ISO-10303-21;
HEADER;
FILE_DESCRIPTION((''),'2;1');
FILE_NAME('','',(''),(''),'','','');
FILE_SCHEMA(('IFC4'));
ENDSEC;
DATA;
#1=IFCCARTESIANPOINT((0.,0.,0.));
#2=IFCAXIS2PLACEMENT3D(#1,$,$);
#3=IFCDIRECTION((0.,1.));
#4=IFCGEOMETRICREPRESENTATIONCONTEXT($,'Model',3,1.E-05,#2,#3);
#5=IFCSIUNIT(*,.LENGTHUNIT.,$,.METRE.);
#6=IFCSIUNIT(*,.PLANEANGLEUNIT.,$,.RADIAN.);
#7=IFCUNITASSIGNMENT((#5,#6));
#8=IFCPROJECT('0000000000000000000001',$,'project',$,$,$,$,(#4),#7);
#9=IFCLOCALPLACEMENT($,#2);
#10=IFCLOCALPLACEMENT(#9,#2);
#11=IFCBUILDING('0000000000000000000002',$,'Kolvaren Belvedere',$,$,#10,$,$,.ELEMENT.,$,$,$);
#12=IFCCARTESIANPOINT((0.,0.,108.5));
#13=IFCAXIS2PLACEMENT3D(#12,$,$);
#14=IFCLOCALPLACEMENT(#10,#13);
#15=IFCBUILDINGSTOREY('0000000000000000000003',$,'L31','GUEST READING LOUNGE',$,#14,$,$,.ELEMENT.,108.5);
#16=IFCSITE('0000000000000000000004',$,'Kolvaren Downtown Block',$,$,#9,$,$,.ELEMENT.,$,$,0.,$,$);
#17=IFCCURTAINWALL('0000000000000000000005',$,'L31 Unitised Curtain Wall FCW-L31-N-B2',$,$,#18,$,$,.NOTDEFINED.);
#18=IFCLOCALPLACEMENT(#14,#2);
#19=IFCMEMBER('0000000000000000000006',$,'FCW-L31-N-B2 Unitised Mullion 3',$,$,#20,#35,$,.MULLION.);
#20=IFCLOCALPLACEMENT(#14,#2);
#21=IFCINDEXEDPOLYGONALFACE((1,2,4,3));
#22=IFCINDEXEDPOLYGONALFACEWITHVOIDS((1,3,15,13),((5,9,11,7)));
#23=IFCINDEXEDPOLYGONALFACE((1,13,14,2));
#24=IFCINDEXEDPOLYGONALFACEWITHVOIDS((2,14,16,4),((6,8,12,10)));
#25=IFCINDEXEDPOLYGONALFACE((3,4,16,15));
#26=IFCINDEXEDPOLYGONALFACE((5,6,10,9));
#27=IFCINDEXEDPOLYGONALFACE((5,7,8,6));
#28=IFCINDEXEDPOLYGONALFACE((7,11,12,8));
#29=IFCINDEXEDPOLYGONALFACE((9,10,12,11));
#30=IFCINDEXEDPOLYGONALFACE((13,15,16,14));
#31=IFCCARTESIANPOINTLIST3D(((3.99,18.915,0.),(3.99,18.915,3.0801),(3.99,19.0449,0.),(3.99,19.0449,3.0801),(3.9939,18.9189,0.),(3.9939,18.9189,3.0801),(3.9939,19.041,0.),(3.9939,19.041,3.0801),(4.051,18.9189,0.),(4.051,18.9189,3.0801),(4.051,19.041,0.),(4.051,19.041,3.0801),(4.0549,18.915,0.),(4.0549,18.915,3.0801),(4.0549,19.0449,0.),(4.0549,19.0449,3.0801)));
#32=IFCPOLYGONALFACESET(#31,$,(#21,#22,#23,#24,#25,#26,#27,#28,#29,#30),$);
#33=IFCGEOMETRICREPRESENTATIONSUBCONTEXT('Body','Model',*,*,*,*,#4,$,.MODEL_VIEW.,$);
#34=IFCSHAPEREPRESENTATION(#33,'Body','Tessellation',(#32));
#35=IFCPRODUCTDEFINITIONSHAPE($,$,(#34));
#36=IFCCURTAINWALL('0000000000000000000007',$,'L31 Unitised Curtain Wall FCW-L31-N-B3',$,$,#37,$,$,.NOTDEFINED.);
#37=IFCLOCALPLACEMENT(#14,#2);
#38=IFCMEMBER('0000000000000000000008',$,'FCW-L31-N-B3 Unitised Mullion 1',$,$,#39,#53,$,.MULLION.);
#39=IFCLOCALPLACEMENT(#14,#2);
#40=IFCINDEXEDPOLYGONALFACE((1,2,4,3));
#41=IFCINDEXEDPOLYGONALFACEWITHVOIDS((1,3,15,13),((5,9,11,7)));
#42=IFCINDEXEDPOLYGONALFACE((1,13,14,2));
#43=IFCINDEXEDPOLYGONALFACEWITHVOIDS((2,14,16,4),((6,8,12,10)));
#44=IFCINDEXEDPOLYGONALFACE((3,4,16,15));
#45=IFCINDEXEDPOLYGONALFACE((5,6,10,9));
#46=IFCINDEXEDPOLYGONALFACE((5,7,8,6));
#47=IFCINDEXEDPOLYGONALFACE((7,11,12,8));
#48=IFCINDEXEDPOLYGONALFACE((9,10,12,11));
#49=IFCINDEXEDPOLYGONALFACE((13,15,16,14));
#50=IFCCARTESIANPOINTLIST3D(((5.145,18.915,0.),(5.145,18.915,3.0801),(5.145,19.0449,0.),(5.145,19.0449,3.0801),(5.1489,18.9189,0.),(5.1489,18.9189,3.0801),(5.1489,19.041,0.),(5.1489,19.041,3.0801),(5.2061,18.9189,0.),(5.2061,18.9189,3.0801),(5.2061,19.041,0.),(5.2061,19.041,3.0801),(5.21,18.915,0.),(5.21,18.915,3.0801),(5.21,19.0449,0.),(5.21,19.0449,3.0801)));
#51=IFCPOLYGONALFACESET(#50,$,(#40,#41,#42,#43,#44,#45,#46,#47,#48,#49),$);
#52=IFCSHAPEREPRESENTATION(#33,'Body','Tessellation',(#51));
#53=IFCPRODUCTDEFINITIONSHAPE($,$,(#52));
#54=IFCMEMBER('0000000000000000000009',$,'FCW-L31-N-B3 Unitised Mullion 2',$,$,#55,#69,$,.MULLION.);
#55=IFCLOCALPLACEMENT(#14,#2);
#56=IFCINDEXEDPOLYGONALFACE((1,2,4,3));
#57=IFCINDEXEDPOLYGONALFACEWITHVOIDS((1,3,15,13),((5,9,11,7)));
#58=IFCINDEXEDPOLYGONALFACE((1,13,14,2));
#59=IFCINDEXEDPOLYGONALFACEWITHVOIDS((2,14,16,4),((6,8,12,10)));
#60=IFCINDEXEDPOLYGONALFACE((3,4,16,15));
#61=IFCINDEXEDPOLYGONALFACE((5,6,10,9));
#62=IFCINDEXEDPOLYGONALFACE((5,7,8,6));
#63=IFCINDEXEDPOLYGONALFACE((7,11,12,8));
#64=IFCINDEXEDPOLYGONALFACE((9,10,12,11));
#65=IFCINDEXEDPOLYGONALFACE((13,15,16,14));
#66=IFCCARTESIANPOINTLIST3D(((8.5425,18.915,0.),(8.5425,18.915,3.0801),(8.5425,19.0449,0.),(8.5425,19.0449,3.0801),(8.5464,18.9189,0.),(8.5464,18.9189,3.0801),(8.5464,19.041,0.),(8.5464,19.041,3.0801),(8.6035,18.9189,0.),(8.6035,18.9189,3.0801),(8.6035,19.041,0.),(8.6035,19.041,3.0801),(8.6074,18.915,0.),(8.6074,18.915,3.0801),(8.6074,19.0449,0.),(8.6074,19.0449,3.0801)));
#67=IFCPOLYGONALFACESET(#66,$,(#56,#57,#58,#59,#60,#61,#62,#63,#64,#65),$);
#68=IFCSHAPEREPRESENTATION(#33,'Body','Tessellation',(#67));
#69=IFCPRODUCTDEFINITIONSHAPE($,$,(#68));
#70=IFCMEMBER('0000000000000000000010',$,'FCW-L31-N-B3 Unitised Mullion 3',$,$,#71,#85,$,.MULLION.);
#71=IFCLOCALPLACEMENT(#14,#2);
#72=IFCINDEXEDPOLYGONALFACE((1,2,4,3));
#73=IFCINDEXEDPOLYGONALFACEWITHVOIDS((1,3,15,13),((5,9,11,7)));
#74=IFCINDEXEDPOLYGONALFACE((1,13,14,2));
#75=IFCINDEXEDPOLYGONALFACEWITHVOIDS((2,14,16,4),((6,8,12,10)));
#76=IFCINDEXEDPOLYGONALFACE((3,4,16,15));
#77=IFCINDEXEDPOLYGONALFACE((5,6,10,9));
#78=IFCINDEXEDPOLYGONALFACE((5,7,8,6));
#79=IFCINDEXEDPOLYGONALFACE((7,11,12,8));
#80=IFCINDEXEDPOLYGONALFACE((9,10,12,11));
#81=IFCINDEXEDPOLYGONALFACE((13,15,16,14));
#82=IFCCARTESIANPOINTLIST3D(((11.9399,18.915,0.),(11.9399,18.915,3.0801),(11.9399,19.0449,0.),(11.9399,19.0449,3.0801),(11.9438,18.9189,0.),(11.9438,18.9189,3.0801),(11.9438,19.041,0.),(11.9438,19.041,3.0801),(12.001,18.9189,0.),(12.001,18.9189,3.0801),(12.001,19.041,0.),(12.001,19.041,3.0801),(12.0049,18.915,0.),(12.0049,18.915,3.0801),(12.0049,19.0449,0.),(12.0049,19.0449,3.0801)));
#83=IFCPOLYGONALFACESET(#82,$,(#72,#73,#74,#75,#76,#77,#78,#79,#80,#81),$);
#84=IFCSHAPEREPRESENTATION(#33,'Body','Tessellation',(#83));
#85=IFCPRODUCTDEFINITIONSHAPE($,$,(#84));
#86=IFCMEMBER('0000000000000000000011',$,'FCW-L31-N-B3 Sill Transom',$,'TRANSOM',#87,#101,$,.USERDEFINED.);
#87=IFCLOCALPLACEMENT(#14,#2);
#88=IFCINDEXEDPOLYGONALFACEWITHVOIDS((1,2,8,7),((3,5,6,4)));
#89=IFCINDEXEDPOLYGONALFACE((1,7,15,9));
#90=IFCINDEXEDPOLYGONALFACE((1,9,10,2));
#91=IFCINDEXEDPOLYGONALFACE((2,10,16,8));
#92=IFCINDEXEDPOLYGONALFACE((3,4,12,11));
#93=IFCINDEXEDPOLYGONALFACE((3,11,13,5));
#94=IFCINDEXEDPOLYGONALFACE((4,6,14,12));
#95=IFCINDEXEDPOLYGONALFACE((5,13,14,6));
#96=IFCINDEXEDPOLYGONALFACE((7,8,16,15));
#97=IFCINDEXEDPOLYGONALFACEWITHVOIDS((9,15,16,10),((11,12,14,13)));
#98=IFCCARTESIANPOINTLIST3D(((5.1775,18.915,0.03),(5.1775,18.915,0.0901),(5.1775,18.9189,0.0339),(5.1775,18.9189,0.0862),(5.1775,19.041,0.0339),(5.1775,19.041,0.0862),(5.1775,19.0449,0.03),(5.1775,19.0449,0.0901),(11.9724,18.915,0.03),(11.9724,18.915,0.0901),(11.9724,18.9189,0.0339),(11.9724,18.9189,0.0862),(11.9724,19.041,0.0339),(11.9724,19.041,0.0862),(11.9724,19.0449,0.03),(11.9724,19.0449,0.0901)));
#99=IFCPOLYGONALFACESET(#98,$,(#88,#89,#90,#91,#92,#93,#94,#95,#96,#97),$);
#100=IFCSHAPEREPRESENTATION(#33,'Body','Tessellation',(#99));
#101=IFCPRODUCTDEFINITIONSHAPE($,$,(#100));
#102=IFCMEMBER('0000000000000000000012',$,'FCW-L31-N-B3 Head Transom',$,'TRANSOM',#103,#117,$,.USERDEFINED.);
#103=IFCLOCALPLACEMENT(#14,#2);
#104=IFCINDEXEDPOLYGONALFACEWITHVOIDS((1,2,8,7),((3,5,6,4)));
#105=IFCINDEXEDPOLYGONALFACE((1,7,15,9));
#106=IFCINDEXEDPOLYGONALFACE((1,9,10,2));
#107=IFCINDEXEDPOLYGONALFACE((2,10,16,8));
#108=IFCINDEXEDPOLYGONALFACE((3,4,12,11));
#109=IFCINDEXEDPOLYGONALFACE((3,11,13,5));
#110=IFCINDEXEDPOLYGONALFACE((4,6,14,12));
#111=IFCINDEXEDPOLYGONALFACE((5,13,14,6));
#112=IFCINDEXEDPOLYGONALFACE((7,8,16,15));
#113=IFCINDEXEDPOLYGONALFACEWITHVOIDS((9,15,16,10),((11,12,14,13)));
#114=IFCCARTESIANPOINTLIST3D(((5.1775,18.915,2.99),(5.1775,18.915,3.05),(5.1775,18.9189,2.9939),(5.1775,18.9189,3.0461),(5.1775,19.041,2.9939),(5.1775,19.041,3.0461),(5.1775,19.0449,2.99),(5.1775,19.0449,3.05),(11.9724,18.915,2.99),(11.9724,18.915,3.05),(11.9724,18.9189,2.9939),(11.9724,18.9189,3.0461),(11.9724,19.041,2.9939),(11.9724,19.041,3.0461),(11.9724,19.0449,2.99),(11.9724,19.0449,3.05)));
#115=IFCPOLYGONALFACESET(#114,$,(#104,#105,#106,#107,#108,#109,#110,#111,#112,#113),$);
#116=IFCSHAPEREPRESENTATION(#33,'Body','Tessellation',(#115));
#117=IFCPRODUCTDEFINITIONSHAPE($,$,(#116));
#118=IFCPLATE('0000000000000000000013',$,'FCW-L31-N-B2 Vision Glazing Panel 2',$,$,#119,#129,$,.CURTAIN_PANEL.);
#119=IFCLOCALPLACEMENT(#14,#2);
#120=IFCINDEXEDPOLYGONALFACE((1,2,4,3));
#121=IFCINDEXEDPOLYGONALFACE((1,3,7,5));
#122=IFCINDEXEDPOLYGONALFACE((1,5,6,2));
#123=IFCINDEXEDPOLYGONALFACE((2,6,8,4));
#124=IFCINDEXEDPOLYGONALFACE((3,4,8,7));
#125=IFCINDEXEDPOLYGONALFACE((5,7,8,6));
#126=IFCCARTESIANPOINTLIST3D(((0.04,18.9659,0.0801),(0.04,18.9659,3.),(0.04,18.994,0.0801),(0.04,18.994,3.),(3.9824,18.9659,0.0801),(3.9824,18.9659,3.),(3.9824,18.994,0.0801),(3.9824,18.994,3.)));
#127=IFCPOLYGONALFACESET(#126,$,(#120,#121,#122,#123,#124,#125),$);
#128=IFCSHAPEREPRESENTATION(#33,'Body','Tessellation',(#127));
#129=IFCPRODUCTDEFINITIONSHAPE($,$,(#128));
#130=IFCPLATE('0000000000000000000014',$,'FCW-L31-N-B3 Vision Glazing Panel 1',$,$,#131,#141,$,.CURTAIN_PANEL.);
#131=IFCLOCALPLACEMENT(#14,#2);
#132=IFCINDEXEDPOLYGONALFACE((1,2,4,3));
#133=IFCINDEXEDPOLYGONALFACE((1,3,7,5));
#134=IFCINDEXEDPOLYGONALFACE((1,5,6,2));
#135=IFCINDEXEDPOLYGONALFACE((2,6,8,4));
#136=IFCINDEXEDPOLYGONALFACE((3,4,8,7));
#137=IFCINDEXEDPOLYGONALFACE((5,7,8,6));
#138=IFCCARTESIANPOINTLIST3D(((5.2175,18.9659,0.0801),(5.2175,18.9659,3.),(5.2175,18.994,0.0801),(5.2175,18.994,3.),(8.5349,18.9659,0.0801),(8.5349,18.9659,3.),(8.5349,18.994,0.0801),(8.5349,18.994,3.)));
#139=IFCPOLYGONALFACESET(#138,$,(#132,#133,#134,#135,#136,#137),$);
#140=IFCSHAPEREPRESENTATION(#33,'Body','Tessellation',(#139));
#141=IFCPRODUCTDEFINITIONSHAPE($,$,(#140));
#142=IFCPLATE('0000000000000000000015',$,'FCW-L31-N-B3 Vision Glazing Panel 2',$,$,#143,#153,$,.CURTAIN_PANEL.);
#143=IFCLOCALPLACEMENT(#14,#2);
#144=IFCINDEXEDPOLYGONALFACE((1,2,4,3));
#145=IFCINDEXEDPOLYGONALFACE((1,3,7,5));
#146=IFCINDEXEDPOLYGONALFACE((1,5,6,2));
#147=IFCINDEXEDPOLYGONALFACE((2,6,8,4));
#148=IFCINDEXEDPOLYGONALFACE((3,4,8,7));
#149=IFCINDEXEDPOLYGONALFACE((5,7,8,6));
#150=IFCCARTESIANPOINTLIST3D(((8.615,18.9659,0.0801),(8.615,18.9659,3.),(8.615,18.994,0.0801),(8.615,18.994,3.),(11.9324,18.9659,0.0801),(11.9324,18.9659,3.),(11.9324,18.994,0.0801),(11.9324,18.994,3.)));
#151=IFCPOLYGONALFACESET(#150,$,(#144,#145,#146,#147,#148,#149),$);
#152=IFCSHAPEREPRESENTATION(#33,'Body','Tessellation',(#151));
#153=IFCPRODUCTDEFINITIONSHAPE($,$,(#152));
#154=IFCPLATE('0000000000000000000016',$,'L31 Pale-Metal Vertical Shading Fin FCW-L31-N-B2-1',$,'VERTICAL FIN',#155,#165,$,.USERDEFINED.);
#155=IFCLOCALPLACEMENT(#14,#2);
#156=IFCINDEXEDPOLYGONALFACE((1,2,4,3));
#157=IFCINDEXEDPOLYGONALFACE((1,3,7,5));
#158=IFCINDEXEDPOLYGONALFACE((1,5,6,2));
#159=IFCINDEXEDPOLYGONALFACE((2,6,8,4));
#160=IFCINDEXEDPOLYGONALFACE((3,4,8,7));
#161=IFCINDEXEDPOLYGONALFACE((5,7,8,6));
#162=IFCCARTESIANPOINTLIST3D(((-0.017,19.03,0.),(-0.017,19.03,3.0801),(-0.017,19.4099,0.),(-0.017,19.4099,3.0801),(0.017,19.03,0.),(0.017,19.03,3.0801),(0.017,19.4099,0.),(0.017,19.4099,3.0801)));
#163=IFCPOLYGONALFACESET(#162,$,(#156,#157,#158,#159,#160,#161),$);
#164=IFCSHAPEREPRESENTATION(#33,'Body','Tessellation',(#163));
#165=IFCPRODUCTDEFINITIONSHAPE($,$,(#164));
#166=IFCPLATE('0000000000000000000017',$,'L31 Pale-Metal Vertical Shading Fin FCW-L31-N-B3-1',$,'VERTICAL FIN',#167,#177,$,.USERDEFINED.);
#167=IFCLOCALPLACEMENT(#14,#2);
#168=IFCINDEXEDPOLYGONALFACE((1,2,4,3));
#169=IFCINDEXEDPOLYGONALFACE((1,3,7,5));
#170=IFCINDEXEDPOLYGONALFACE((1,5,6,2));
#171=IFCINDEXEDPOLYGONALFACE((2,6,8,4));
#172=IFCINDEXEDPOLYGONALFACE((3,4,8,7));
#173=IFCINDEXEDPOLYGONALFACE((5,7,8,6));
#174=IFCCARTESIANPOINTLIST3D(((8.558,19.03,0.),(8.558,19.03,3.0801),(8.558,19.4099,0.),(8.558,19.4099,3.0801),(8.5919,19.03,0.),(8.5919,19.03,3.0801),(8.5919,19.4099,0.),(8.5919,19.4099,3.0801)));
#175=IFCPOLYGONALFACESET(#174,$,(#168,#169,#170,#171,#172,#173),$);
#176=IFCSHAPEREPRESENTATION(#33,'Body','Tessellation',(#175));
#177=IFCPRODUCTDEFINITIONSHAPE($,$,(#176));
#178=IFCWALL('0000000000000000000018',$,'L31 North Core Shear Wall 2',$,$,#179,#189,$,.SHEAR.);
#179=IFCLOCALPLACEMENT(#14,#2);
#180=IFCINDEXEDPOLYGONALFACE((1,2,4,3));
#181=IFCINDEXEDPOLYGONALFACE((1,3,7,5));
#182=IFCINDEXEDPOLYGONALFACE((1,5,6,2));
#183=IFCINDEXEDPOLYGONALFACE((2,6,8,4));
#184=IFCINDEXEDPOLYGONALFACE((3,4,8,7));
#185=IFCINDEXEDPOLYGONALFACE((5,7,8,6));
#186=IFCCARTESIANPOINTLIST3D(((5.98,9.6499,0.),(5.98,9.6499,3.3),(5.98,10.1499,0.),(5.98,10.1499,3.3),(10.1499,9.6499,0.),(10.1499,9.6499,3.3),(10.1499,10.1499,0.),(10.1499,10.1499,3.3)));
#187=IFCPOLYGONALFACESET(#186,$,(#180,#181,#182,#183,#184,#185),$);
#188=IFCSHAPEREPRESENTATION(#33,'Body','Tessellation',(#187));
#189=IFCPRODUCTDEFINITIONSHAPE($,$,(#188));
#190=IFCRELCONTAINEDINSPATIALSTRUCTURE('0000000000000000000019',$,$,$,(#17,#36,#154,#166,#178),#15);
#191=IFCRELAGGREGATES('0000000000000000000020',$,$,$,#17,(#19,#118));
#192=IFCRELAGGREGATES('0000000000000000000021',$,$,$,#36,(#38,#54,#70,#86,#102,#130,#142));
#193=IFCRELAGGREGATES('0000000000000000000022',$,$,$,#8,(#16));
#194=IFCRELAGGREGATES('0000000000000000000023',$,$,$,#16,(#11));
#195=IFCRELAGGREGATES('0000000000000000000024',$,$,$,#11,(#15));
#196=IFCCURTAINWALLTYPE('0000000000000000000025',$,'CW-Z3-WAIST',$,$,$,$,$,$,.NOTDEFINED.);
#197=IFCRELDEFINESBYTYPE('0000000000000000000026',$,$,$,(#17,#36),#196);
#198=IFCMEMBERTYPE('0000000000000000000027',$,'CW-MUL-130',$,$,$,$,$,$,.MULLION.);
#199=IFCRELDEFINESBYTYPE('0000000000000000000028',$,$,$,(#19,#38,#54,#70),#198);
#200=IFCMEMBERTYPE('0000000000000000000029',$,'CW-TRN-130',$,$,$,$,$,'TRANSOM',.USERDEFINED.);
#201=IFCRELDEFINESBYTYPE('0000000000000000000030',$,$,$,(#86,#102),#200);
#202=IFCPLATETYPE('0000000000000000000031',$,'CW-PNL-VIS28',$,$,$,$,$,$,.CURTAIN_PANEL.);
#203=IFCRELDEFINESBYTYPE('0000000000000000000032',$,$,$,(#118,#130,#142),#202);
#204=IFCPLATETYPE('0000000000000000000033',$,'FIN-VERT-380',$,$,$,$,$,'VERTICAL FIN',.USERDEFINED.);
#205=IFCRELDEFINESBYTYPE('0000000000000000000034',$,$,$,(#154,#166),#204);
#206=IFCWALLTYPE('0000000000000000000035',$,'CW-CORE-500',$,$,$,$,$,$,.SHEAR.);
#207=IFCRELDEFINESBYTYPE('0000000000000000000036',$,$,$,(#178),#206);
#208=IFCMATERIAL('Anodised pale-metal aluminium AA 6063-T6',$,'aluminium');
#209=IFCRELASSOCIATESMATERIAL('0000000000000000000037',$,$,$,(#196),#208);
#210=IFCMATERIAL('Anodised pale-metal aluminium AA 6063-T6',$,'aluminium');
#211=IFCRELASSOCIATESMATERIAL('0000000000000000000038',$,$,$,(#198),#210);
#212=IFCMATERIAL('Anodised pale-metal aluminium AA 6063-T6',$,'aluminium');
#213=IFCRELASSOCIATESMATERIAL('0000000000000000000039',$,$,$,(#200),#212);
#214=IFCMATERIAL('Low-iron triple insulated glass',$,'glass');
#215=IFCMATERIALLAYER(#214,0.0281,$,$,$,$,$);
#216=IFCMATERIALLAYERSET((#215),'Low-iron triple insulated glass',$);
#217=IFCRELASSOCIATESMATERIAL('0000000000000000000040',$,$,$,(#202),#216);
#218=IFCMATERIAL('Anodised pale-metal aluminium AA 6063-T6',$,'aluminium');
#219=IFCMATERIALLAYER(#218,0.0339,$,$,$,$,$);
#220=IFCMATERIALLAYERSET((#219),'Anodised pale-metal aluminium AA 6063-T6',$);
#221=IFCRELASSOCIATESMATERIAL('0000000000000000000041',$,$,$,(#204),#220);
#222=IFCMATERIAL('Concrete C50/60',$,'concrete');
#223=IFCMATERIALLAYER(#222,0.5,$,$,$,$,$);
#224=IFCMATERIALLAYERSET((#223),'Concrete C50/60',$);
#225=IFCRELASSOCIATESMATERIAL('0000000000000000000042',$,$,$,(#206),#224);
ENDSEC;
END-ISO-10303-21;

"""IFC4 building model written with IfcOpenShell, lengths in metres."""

from ifc_helpers import new_model, si_unit, direction, frame, frame_2d, origin, origin_2d, place, context, subcontext, project, spatial, rectangle, hollow_rectangle, extrude, material, layer, layer_set, material_profile, profile_set, type_object, element, aggregate, save


model = new_model("IFC4")

# Units and contexts
model_context = context("Model", 3, precision=1e-05, world=origin(), true_north=direction((0.0, 1.0)))
body_context = subcontext(model_context, "Body", "Model", "MODEL_VIEW")
ifc_project = project(units=[si_unit("LENGTHUNIT", "METRE"), si_unit("PLANEANGLEUNIT", "RADIAN")], contexts=[model_context])

# Site, building, storey
site_placement = place(None, origin())
site = spatial("IfcSite", under=ifc_project, at=site_placement, Name="Kolvaren Downtown Block", CompositionType="ELEMENT", RefElevation=0.0)
building_placement = place(site_placement, origin())
building = spatial("IfcBuilding", under=site, at=building_placement, Name="Kolvaren Belvedere", CompositionType="ELEMENT")
storey_placement = place(building_placement, frame((0.0, 0.0, 108.5)))
storey = spatial("IfcBuildingStorey", under=building, at=storey_placement, Name="L31", Description="GUEST READING LOUNGE", CompositionType="ELEMENT", Elevation=108.5)

# Curtain wall, member
ifc_material_1 = material(Name="Anodised pale-metal aluminium AA 6063-T6", Category="aluminium")
curtain_wall_type = type_object("IfcCurtainWallType", Name="CW-Z3-WAIST", PredefinedType="NOTDEFINED", material=ifc_material_1)
curtain_wall_1_placement = place(storey_placement, origin())
curtain_wall_1 = element("IfcCurtainWall", 1, at=curtain_wall_1_placement, inside=storey, type_object=curtain_wall_type, Name="L31 Unitised Curtain Wall FCW-L31-N-B2", PredefinedType="NOTDEFINED")
ifc_material_2 = material(Name="Anodised pale-metal aluminium AA 6063-T6", Category="aluminium")
ifc_material_profile_1 = material_profile(ifc_material_2, hollow_rectangle(XDim=0.0649, YDim=0.1299, WallThickness=0.0039, at=origin_2d()), Name="ALU-MUL-130X65")
ifc_profile_set_1 = profile_set([ifc_material_profile_1], Name="Anodised pale-metal aluminium AA 6063-T6")
member_type_1 = type_object("IfcMemberType", Name="CW-MUL-130", PredefinedType="MULLION", material=ifc_profile_set_1)
member_1_placement = place(storey_placement, frame((4.0225, 18.98, 0.0), z_axis=(0.0, 0.0, 1.0), x_axis=(1.0, 0.0, 0.0)))
member_1 = element("IfcMember", 2, at=member_1_placement, type_object=member_type_1, Name="FCW-L31-N-B2 Unitised Mullion 3", PredefinedType="MULLION", context=body_context, shape_type="SweptSolid", body=[
    extrude(hollow_rectangle(XDim=0.0649, YDim=0.1299, WallThickness=0.0039, at=origin_2d()), origin(), (0.0, 0.0, 1.0), 3.0801),
])

# Curtain wall, members
curtain_wall_2_placement = place(storey_placement, origin())
curtain_wall_2 = element("IfcCurtainWall", 3, at=curtain_wall_2_placement, inside=storey, type_object=curtain_wall_type, Name="L31 Unitised Curtain Wall FCW-L31-N-B3", PredefinedType="NOTDEFINED")
member_2_placement = place(storey_placement, frame((5.1775, 18.98, 0.0), z_axis=(0.0, 0.0, 1.0), x_axis=(1.0, 0.0, 0.0)))
member_2 = element("IfcMember", 4, at=member_2_placement, type_object=member_type_1, Name="FCW-L31-N-B3 Unitised Mullion 1", PredefinedType="MULLION", context=body_context, shape_type="SweptSolid", body=[
    extrude(hollow_rectangle(XDim=0.0649, YDim=0.1299, WallThickness=0.0039, at=origin_2d()), origin(), (0.0, 0.0, 1.0), 3.0801),
])
member_3_placement = place(storey_placement, frame((8.575, 18.98, 0.0), z_axis=(0.0, 0.0, 1.0), x_axis=(1.0, 0.0, 0.0)))
member_3 = element("IfcMember", 5, at=member_3_placement, type_object=member_type_1, Name="FCW-L31-N-B3 Unitised Mullion 2", PredefinedType="MULLION", context=body_context, shape_type="SweptSolid", body=[
    extrude(hollow_rectangle(XDim=0.0649, YDim=0.1299, WallThickness=0.0039, at=origin_2d()), origin(), (0.0, 0.0, 1.0), 3.0801),
])
member_4_placement = place(storey_placement, frame((11.9724, 18.98, 0.0), z_axis=(0.0, 0.0, 1.0), x_axis=(1.0, 0.0, 0.0)))
member_4 = element("IfcMember", 6, at=member_4_placement, type_object=member_type_1, Name="FCW-L31-N-B3 Unitised Mullion 3", PredefinedType="MULLION", context=body_context, shape_type="SweptSolid", body=[
    extrude(hollow_rectangle(XDim=0.0649, YDim=0.1299, WallThickness=0.0039, at=origin_2d()), origin(), (0.0, 0.0, 1.0), 3.0801),
])
ifc_material_3 = material(Name="Anodised pale-metal aluminium AA 6063-T6", Category="aluminium")
ifc_material_profile_2 = material_profile(ifc_material_3, hollow_rectangle(XDim=0.0601, YDim=0.1299, WallThickness=0.0039, at=origin_2d()), Name="ALU-TRN-130X60")
ifc_profile_set_2 = profile_set([ifc_material_profile_2], Name="Anodised pale-metal aluminium AA 6063-T6")
member_type_2 = type_object("IfcMemberType", Name="CW-TRN-130", ElementType="TRANSOM", PredefinedType="USERDEFINED", material=ifc_profile_set_2)
member_5_placement = place(storey_placement, frame((5.1775, 18.98, 0.0601), z_axis=(1.0, 0.0, 0.0), x_axis=(0.0, 0.0, 1.0)))
member_5 = element("IfcMember", 7, at=member_5_placement, type_object=member_type_2, Name="FCW-L31-N-B3 Sill Transom", ObjectType="TRANSOM", PredefinedType="USERDEFINED", context=body_context, shape_type="SweptSolid", body=[
    extrude(hollow_rectangle(XDim=0.0601, YDim=0.1299, WallThickness=0.0039, at=origin_2d()), origin(), (0.0, 0.0, 1.0), 6.7949),
])
member_6_placement = place(storey_placement, frame((5.1775, 18.98, 3.02), z_axis=(1.0, 0.0, 0.0), x_axis=(0.0, 0.0, 1.0)))
member_6 = element("IfcMember", 8, at=member_6_placement, type_object=member_type_2, Name="FCW-L31-N-B3 Head Transom", ObjectType="TRANSOM", PredefinedType="USERDEFINED", context=body_context, shape_type="SweptSolid", body=[
    extrude(hollow_rectangle(XDim=0.0601, YDim=0.1299, WallThickness=0.0039, at=origin_2d()), origin(), (0.0, 0.0, 1.0), 6.7949),
])

# Plates
ifc_material_4 = material(Name="Low-iron triple insulated glass", Category="glass")
ifc_layer_1 = layer(ifc_material_4, 0.0281)
ifc_layer_set_1 = layer_set([ifc_layer_1], Name="Low-iron triple insulated glass")
plate_type_1 = type_object("IfcPlateType", Name="CW-PNL-VIS28", PredefinedType="CURTAIN_PANEL", material=ifc_layer_set_1)
plate_1_placement = place(storey_placement, frame((2.0112, 18.98, 0.0801), z_axis=(0.0, 0.0, 1.0), x_axis=(1.0, 0.0, 0.0)))
plate_1 = element("IfcPlate", 9, at=plate_1_placement, type_object=plate_type_1, Name="FCW-L31-N-B2 Vision Glazing Panel 2", PredefinedType="CURTAIN_PANEL", context=body_context, shape_type="SweptSolid", body=[
    extrude(rectangle(XDim=3.9424, YDim=0.0281, at=origin_2d()), origin(), (0.0, 0.0, 1.0), 2.9199),
])
aggregate(curtain_wall_1, [member_1, plate_1])
plate_2_placement = place(storey_placement, frame((6.8762, 18.98, 0.0801), z_axis=(0.0, 0.0, 1.0), x_axis=(1.0, 0.0, 0.0)))
plate_2 = element("IfcPlate", 10, at=plate_2_placement, type_object=plate_type_1, Name="FCW-L31-N-B3 Vision Glazing Panel 1", PredefinedType="CURTAIN_PANEL", context=body_context, shape_type="SweptSolid", body=[
    extrude(rectangle(XDim=3.3174, YDim=0.0281, at=origin_2d()), origin(), (0.0, 0.0, 1.0), 2.9199),
])
plate_3_placement = place(storey_placement, frame((10.2737, 18.98, 0.0801), z_axis=(0.0, 0.0, 1.0), x_axis=(1.0, 0.0, 0.0)))
plate_3 = element("IfcPlate", 11, at=plate_3_placement, type_object=plate_type_1, Name="FCW-L31-N-B3 Vision Glazing Panel 2", PredefinedType="CURTAIN_PANEL", context=body_context, shape_type="SweptSolid", body=[
    extrude(rectangle(XDim=3.3174, YDim=0.0281, at=origin_2d()), origin(), (0.0, 0.0, 1.0), 2.9199),
])
aggregate(curtain_wall_2, [member_2, member_3, member_4, member_5, member_6, plate_2, plate_3])

# Plates
ifc_material_5 = material(Name="Anodised pale-metal aluminium AA 6063-T6", Category="aluminium")
ifc_layer_2 = layer(ifc_material_5, 0.0339)
ifc_layer_set_2 = layer_set([ifc_layer_2], Name="Anodised pale-metal aluminium AA 6063-T6")
plate_type_2 = type_object("IfcPlateType", Name="FIN-VERT-380", ElementType="VERTICAL FIN", PredefinedType="USERDEFINED", material=ifc_layer_set_2)
for number, where, z_axis, x_axis, name in (
    (12, (0.0, 19.22, 0.0), (0.0, 0.0, 1.0), (0.0, 1.0, 0.0), "L31 Pale-Metal Vertical Shading Fin FCW-L31-N-B2-1"),
    (13, (8.575, 19.22, 0.0), (0.0, 0.0, 1.0), (0.0, 1.0, 0.0), "L31 Pale-Metal Vertical Shading Fin FCW-L31-N-B3-1"),
):
    element("IfcPlate", number, at=place(storey_placement, frame(where, z_axis=z_axis, x_axis=x_axis)), inside=storey, type_object=plate_type_2, Name=name, ObjectType="VERTICAL FIN", PredefinedType="USERDEFINED", context=body_context, shape_type="SweptSolid", body=[
        extrude(rectangle(XDim=0.3799, YDim=0.0339, at=origin_2d()), origin(), (0.0, 0.0, 1.0), 3.0801),
    ])

# Wall
ifc_material_6 = material(Name="Concrete C50/60", Category="concrete")
ifc_layer_3 = layer(ifc_material_6, 0.5)
ifc_layer_set_3 = layer_set([ifc_layer_3], Name="Concrete C50/60")
wall_type_1 = type_object("IfcWallType", Name="CW-CORE-500", PredefinedType="SHEAR", material=ifc_layer_set_3)
wall_1_placement = place(storey_placement, frame((5.98, 9.8999, 0.0), z_axis=(0.0, 0.0, 1.0), x_axis=(1.0, 0.0, 0.0)))
element("IfcWall", 14, at=wall_1_placement, inside=storey, type_object=wall_type_1, Name="L31 North Core Shear Wall 2", PredefinedType="SHEAR", context=body_context, shape_type="SweptSolid", body=[
    extrude(rectangle(XDim=4.1699, YDim=0.5, at=frame_2d((2.085, 0.0))), origin(), (0.0, 0.0, 1.0), 3.3),
])

save(model, "model.ifc")
